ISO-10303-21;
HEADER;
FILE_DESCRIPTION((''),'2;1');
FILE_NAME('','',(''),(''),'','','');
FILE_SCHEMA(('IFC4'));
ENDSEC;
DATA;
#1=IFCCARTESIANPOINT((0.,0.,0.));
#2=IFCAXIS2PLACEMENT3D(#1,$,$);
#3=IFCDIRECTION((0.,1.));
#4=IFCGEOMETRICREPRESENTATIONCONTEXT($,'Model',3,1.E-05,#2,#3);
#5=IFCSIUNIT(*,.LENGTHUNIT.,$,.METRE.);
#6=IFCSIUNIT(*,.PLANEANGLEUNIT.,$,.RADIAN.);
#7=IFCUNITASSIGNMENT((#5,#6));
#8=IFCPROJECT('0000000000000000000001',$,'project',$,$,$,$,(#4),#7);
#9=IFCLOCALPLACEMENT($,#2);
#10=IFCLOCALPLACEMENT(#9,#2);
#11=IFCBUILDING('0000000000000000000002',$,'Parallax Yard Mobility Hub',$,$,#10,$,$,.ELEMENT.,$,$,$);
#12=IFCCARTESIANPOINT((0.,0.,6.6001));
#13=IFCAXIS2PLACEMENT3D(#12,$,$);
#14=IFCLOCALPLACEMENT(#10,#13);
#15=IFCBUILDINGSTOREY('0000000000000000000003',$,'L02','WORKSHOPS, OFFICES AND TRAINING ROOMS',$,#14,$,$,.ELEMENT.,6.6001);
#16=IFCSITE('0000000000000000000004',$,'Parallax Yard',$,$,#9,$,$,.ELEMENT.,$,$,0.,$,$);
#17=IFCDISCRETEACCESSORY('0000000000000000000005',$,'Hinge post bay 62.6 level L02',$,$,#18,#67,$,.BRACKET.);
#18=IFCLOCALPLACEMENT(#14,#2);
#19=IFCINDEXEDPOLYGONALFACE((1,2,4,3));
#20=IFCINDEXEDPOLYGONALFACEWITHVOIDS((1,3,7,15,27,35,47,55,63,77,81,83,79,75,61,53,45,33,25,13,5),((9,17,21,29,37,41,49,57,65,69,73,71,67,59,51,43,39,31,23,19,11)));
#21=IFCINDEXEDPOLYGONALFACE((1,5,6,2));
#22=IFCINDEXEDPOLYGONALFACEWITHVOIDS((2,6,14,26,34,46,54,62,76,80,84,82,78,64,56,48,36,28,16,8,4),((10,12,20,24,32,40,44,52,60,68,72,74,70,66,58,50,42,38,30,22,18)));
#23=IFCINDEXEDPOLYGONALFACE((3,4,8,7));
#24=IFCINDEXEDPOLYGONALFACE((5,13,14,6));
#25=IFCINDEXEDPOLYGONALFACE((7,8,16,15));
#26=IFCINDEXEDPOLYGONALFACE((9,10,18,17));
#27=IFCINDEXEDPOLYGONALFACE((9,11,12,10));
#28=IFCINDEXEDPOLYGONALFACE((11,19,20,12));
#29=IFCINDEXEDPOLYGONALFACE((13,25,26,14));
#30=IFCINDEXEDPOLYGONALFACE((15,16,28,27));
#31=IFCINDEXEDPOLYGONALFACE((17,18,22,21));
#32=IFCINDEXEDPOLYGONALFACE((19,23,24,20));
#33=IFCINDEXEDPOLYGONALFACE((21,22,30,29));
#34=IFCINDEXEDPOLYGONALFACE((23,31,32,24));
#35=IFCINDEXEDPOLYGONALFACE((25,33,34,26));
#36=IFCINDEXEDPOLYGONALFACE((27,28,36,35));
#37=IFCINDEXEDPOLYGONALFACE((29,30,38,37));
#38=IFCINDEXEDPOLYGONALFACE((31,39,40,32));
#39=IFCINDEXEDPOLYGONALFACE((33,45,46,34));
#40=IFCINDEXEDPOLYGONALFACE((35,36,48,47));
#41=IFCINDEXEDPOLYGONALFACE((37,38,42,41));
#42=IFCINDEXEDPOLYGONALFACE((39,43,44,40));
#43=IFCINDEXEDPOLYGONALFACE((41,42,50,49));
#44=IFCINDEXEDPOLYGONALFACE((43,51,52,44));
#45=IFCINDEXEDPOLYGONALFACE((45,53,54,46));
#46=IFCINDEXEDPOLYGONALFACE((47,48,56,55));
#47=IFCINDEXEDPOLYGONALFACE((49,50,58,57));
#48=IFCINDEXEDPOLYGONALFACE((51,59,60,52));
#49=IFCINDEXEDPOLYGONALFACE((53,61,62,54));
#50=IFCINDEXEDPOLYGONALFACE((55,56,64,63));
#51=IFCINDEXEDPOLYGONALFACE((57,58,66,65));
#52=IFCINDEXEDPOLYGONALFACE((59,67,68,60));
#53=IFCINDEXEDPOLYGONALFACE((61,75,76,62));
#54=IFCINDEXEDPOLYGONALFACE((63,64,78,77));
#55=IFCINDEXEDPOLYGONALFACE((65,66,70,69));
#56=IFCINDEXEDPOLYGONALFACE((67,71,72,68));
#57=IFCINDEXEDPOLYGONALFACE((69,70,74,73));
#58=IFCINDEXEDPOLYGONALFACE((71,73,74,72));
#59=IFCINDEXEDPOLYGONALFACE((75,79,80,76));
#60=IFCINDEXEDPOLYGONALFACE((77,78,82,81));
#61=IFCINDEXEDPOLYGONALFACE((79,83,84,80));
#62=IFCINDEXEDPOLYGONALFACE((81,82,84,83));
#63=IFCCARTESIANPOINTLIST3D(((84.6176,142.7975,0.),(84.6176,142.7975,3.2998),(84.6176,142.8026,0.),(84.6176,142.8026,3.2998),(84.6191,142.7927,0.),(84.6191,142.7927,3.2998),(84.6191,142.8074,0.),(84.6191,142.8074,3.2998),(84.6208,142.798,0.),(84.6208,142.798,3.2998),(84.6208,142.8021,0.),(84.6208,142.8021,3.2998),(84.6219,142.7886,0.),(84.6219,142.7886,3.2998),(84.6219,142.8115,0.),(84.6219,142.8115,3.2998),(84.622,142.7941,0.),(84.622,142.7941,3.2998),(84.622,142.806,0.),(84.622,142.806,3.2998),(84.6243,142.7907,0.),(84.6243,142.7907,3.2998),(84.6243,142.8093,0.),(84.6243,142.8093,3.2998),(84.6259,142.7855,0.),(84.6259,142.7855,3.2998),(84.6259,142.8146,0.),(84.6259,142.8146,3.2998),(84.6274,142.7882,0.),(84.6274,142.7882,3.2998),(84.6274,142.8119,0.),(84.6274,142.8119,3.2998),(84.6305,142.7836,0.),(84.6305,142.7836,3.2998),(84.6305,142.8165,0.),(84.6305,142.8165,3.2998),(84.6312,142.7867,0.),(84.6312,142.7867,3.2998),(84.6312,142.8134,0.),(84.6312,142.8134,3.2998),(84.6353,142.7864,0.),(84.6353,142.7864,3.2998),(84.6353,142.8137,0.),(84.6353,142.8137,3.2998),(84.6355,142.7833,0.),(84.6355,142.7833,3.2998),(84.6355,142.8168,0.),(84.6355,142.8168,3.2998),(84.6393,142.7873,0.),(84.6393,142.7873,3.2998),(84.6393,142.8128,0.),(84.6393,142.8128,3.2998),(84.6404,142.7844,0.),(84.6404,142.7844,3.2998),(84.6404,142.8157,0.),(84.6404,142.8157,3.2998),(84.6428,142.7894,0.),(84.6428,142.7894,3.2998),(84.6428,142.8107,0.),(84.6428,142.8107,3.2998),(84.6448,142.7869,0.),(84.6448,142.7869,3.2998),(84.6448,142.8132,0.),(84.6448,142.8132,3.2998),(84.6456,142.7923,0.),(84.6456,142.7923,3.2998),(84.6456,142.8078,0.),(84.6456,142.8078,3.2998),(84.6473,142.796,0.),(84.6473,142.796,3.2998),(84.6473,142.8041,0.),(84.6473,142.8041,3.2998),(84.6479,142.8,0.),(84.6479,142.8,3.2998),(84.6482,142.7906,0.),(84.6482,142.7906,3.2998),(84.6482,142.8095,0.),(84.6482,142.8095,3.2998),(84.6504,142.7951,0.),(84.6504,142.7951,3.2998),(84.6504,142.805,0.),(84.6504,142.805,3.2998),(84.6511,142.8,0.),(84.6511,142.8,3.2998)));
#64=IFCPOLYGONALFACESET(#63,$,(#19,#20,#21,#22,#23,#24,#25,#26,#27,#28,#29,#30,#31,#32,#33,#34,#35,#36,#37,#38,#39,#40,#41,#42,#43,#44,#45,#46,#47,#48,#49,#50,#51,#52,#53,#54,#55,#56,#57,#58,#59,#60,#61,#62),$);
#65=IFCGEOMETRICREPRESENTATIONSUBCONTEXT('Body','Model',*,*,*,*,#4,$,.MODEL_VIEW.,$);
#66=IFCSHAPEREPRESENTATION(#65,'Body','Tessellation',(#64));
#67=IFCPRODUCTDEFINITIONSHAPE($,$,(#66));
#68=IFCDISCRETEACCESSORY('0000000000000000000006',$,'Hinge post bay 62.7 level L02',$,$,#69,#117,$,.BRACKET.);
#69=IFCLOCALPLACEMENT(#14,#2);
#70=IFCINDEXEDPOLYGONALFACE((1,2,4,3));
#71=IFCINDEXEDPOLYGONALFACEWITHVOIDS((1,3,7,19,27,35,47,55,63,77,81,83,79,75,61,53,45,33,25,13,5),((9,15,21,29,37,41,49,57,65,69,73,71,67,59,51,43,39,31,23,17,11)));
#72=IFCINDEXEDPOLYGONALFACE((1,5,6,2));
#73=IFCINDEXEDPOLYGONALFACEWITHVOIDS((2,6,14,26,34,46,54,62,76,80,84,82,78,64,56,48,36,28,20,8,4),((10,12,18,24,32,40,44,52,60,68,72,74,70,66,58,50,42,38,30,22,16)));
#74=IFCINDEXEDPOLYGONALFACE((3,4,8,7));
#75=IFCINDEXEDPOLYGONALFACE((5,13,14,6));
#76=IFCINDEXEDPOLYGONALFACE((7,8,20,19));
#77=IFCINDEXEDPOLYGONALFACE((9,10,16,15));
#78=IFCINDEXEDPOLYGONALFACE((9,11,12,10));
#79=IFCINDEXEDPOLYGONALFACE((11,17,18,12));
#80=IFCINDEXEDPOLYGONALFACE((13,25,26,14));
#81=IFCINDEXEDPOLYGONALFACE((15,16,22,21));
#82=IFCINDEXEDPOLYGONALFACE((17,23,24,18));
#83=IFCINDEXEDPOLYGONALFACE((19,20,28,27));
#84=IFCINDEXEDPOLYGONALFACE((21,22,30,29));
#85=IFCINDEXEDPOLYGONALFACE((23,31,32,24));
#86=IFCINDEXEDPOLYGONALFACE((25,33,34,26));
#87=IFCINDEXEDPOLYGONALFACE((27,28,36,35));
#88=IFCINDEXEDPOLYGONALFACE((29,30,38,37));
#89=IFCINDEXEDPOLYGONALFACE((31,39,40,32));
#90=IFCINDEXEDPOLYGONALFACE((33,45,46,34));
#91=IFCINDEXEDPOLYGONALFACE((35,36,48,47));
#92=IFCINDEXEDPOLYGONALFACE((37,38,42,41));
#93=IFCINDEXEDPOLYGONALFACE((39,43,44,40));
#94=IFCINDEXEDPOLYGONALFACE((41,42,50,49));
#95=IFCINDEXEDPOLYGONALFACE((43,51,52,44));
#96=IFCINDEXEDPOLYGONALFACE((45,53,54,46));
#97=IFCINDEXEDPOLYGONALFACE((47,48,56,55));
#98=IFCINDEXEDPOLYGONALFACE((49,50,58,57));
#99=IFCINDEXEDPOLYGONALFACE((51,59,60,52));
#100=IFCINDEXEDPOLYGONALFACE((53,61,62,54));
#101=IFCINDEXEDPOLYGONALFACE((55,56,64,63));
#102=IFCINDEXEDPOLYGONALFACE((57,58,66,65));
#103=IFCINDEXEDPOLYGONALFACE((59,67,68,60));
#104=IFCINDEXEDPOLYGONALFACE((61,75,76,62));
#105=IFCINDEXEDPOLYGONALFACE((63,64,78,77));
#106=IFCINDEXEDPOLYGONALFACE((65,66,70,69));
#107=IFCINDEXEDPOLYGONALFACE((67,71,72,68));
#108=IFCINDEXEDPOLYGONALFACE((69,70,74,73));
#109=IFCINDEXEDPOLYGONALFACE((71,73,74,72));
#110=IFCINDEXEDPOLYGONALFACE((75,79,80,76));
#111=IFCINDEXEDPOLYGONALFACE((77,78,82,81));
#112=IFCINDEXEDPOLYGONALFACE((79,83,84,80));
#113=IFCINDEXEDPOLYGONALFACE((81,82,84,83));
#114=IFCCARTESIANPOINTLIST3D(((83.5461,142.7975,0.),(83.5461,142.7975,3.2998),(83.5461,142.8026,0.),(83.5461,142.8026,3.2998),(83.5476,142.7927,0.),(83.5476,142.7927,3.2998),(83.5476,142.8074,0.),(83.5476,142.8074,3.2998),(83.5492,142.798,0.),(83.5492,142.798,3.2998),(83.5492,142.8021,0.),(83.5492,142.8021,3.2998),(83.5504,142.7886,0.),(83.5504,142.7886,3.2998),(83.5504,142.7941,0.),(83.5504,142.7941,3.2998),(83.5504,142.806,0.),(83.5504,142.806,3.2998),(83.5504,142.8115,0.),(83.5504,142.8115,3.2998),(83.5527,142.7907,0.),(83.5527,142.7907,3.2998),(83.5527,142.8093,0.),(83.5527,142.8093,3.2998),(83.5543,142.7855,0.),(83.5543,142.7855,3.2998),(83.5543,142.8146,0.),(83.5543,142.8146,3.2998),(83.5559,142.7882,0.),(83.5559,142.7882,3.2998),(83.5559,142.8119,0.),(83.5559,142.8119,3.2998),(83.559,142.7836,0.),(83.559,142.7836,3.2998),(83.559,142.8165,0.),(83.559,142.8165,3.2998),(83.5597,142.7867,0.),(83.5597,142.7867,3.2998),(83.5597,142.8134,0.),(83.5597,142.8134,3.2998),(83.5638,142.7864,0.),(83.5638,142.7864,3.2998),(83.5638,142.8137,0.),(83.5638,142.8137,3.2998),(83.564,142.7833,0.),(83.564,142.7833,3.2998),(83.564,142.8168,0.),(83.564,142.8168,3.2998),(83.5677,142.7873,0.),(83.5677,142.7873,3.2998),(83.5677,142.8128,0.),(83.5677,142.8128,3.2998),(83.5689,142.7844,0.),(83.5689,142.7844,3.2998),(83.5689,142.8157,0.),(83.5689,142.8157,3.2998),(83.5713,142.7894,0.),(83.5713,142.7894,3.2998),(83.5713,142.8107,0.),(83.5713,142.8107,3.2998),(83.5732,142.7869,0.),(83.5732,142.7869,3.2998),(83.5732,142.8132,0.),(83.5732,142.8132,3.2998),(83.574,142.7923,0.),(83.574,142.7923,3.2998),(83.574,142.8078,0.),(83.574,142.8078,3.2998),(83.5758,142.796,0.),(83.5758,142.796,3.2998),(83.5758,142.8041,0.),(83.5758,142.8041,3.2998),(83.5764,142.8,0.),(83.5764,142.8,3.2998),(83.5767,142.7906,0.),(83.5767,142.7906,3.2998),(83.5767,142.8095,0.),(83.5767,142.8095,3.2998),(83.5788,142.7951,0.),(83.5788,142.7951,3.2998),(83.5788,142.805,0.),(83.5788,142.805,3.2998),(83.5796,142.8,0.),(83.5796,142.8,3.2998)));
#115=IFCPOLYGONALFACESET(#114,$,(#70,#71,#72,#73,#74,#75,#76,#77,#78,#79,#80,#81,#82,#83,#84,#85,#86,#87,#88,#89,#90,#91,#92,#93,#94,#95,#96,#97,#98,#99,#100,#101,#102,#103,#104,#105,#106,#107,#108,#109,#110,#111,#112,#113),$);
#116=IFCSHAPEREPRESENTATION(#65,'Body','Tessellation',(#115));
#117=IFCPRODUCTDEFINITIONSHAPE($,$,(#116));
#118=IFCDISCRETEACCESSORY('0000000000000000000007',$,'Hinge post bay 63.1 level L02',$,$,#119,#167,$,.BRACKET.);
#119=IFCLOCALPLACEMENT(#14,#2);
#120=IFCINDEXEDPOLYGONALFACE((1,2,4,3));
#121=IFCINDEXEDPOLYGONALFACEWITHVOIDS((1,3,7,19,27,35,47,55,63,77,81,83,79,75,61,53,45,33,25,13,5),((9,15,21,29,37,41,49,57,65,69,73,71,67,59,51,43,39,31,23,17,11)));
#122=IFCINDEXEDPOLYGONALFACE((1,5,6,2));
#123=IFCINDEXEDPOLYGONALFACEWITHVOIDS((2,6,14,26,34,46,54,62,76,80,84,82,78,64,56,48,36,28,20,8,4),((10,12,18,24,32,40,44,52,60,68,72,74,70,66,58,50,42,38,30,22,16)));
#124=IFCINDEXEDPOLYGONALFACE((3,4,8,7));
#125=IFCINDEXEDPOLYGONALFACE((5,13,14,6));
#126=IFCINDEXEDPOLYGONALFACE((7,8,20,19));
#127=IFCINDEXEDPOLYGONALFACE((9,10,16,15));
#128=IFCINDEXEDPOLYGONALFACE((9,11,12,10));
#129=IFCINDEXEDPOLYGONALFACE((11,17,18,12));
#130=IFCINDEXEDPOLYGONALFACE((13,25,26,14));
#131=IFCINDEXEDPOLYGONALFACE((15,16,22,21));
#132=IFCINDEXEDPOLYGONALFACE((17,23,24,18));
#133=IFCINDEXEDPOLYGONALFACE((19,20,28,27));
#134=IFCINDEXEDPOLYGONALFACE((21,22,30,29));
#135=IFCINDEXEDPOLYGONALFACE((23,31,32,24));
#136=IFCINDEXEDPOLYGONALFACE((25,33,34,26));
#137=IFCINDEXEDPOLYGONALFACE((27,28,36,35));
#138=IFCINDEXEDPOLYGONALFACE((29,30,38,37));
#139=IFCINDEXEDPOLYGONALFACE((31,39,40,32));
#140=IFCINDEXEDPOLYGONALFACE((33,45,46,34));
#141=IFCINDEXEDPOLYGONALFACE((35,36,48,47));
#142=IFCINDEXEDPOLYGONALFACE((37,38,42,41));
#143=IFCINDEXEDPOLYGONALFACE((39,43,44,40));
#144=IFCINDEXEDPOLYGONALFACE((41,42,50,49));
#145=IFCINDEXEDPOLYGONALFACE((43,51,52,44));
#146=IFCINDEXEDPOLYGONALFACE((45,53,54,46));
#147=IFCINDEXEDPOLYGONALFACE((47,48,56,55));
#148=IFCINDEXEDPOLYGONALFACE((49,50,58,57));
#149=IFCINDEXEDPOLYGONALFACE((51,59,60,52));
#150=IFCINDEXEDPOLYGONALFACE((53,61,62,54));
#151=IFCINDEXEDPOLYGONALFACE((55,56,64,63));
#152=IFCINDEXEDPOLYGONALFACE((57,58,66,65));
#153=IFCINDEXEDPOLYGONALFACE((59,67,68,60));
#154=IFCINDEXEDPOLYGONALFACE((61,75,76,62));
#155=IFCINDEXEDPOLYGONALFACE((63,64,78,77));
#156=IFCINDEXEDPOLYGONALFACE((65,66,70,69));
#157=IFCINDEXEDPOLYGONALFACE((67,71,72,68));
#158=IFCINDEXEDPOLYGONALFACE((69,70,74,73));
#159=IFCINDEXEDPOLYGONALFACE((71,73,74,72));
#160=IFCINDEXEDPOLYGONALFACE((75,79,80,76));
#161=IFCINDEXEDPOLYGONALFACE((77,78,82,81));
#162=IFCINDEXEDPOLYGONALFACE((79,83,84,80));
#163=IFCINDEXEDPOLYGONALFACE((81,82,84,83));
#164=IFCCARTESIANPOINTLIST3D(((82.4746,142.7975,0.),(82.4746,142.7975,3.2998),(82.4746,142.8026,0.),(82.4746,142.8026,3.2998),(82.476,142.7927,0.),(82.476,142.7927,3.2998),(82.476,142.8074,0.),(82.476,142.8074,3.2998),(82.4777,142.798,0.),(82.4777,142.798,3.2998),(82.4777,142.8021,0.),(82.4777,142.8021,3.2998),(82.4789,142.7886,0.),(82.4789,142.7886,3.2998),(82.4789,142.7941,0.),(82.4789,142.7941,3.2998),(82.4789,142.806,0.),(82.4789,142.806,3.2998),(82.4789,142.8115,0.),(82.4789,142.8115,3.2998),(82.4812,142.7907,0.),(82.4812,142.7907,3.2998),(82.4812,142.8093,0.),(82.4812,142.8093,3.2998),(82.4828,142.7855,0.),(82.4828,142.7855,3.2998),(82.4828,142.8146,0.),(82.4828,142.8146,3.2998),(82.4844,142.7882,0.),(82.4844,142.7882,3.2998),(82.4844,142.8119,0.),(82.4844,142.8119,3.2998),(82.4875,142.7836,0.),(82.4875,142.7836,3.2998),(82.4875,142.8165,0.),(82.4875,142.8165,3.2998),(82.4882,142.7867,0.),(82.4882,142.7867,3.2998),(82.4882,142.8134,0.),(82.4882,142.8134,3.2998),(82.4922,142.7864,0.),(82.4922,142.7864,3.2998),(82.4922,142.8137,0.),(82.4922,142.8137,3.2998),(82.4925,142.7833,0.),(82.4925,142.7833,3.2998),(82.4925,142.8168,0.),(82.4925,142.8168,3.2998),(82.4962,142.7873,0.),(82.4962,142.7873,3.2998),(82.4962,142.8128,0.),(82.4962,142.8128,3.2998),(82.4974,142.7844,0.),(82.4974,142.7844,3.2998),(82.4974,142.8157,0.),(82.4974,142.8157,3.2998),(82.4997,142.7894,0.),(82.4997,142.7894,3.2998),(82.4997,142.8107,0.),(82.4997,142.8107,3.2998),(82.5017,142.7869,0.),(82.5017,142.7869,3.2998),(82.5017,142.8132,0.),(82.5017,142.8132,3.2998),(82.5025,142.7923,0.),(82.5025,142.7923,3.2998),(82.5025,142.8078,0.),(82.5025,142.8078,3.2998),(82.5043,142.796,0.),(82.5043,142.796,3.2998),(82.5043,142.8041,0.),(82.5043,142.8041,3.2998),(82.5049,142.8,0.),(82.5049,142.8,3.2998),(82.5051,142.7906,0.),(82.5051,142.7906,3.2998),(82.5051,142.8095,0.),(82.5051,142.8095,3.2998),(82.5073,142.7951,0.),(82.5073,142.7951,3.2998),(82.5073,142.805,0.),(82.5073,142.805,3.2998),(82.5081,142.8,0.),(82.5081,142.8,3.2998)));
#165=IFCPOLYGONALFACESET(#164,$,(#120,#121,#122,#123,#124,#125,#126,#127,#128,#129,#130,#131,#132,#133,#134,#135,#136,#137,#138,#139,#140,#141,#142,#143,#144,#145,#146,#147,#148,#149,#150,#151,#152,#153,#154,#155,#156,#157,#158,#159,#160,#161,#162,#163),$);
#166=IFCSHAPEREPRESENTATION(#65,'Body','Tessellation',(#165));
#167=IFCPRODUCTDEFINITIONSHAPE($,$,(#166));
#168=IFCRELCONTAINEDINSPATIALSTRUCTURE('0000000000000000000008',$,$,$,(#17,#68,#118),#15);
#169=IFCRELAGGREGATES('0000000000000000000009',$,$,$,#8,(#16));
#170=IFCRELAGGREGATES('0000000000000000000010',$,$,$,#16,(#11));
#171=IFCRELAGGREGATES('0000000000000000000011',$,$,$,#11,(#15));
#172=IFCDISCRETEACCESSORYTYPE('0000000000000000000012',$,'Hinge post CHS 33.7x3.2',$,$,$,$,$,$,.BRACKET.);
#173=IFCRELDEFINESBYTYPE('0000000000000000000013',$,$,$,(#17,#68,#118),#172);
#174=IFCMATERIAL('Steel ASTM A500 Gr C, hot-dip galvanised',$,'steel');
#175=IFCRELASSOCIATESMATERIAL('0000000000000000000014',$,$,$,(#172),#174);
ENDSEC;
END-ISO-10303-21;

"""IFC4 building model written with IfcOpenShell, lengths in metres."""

from ifc_helpers import new_model, si_unit, direction, frame, origin, origin_2d, place, context, subcontext, project, spatial, hollow_circle, extrude, material, material_profile, profile_set, type_object, element, save


model = new_model("IFC4")

# Units and contexts
model_context = context("Model", 3, precision=1e-05, world=origin(), true_north=direction((0.0, 1.0)))
body_context = subcontext(model_context, "Body", "Model", "MODEL_VIEW")
ifc_project = project(units=[si_unit("LENGTHUNIT", "METRE"), si_unit("PLANEANGLEUNIT", "RADIAN")], contexts=[model_context])

# Site, building, storey
site_placement = place(None, origin())
site = spatial("IfcSite", under=ifc_project, at=site_placement, Name="Parallax Yard", CompositionType="ELEMENT", RefElevation=0.0)
building_placement = place(site_placement, origin())
building = spatial("IfcBuilding", under=site, at=building_placement, Name="Parallax Yard Mobility Hub", CompositionType="ELEMENT")
storey_placement = place(building_placement, frame((0.0, 0.0, 6.6001)))
storey = spatial("IfcBuildingStorey", under=building, at=storey_placement, Name="L02", Description="WORKSHOPS, OFFICES AND TRAINING ROOMS", CompositionType="ELEMENT", Elevation=6.6001)

# Discrete accessories
ifc_material_1 = material(Name="Steel ASTM A500 Gr C, hot-dip galvanised", Category="steel")
ifc_material_profile = material_profile(ifc_material_1, hollow_circle(Radius=0.0168, WallThickness=0.0032, at=origin_2d()), Name="CHS 33.7x3.2")
ifc_profile_set = profile_set([ifc_material_profile], Name="Steel ASTM A500 Gr C, hot-dip galvanised")
discrete_accessory_type = type_object("IfcDiscreteAccessoryType", Name="Hinge post CHS 33.7x3.2", PredefinedType="BRACKET", material=ifc_profile_set)
for number, where, z_axis, x_axis, name in (
    (1, (84.6343, 142.8, 0.0), (0.0, 0.0, 1.0), (1.0, 0.0, 0.0), "Hinge post bay 62.6 level L02"),
    (2, (83.5627, 142.8, 0.0), (0.0, 0.0, 1.0), (1.0, 0.0, 0.0), "Hinge post bay 62.7 level L02"),
    (3, (82.4912, 142.8, 0.0), (0.0, 0.0, 1.0), (1.0, 0.0, 0.0), "Hinge post bay 63.1 level L02"),
):
    element("IfcDiscreteAccessory", number, at=place(storey_placement, frame(where, z_axis=z_axis, x_axis=x_axis)), inside=storey, type_object=discrete_accessory_type, Name=name, PredefinedType="BRACKET", context=body_context, shape_type="SweptSolid", body=[
        extrude(hollow_circle(Radius=0.0168, WallThickness=0.0032, at=origin_2d()), origin(), (0.0, 0.0, 1.0), 3.2998),
    ])

save(model, "model.ifc")
